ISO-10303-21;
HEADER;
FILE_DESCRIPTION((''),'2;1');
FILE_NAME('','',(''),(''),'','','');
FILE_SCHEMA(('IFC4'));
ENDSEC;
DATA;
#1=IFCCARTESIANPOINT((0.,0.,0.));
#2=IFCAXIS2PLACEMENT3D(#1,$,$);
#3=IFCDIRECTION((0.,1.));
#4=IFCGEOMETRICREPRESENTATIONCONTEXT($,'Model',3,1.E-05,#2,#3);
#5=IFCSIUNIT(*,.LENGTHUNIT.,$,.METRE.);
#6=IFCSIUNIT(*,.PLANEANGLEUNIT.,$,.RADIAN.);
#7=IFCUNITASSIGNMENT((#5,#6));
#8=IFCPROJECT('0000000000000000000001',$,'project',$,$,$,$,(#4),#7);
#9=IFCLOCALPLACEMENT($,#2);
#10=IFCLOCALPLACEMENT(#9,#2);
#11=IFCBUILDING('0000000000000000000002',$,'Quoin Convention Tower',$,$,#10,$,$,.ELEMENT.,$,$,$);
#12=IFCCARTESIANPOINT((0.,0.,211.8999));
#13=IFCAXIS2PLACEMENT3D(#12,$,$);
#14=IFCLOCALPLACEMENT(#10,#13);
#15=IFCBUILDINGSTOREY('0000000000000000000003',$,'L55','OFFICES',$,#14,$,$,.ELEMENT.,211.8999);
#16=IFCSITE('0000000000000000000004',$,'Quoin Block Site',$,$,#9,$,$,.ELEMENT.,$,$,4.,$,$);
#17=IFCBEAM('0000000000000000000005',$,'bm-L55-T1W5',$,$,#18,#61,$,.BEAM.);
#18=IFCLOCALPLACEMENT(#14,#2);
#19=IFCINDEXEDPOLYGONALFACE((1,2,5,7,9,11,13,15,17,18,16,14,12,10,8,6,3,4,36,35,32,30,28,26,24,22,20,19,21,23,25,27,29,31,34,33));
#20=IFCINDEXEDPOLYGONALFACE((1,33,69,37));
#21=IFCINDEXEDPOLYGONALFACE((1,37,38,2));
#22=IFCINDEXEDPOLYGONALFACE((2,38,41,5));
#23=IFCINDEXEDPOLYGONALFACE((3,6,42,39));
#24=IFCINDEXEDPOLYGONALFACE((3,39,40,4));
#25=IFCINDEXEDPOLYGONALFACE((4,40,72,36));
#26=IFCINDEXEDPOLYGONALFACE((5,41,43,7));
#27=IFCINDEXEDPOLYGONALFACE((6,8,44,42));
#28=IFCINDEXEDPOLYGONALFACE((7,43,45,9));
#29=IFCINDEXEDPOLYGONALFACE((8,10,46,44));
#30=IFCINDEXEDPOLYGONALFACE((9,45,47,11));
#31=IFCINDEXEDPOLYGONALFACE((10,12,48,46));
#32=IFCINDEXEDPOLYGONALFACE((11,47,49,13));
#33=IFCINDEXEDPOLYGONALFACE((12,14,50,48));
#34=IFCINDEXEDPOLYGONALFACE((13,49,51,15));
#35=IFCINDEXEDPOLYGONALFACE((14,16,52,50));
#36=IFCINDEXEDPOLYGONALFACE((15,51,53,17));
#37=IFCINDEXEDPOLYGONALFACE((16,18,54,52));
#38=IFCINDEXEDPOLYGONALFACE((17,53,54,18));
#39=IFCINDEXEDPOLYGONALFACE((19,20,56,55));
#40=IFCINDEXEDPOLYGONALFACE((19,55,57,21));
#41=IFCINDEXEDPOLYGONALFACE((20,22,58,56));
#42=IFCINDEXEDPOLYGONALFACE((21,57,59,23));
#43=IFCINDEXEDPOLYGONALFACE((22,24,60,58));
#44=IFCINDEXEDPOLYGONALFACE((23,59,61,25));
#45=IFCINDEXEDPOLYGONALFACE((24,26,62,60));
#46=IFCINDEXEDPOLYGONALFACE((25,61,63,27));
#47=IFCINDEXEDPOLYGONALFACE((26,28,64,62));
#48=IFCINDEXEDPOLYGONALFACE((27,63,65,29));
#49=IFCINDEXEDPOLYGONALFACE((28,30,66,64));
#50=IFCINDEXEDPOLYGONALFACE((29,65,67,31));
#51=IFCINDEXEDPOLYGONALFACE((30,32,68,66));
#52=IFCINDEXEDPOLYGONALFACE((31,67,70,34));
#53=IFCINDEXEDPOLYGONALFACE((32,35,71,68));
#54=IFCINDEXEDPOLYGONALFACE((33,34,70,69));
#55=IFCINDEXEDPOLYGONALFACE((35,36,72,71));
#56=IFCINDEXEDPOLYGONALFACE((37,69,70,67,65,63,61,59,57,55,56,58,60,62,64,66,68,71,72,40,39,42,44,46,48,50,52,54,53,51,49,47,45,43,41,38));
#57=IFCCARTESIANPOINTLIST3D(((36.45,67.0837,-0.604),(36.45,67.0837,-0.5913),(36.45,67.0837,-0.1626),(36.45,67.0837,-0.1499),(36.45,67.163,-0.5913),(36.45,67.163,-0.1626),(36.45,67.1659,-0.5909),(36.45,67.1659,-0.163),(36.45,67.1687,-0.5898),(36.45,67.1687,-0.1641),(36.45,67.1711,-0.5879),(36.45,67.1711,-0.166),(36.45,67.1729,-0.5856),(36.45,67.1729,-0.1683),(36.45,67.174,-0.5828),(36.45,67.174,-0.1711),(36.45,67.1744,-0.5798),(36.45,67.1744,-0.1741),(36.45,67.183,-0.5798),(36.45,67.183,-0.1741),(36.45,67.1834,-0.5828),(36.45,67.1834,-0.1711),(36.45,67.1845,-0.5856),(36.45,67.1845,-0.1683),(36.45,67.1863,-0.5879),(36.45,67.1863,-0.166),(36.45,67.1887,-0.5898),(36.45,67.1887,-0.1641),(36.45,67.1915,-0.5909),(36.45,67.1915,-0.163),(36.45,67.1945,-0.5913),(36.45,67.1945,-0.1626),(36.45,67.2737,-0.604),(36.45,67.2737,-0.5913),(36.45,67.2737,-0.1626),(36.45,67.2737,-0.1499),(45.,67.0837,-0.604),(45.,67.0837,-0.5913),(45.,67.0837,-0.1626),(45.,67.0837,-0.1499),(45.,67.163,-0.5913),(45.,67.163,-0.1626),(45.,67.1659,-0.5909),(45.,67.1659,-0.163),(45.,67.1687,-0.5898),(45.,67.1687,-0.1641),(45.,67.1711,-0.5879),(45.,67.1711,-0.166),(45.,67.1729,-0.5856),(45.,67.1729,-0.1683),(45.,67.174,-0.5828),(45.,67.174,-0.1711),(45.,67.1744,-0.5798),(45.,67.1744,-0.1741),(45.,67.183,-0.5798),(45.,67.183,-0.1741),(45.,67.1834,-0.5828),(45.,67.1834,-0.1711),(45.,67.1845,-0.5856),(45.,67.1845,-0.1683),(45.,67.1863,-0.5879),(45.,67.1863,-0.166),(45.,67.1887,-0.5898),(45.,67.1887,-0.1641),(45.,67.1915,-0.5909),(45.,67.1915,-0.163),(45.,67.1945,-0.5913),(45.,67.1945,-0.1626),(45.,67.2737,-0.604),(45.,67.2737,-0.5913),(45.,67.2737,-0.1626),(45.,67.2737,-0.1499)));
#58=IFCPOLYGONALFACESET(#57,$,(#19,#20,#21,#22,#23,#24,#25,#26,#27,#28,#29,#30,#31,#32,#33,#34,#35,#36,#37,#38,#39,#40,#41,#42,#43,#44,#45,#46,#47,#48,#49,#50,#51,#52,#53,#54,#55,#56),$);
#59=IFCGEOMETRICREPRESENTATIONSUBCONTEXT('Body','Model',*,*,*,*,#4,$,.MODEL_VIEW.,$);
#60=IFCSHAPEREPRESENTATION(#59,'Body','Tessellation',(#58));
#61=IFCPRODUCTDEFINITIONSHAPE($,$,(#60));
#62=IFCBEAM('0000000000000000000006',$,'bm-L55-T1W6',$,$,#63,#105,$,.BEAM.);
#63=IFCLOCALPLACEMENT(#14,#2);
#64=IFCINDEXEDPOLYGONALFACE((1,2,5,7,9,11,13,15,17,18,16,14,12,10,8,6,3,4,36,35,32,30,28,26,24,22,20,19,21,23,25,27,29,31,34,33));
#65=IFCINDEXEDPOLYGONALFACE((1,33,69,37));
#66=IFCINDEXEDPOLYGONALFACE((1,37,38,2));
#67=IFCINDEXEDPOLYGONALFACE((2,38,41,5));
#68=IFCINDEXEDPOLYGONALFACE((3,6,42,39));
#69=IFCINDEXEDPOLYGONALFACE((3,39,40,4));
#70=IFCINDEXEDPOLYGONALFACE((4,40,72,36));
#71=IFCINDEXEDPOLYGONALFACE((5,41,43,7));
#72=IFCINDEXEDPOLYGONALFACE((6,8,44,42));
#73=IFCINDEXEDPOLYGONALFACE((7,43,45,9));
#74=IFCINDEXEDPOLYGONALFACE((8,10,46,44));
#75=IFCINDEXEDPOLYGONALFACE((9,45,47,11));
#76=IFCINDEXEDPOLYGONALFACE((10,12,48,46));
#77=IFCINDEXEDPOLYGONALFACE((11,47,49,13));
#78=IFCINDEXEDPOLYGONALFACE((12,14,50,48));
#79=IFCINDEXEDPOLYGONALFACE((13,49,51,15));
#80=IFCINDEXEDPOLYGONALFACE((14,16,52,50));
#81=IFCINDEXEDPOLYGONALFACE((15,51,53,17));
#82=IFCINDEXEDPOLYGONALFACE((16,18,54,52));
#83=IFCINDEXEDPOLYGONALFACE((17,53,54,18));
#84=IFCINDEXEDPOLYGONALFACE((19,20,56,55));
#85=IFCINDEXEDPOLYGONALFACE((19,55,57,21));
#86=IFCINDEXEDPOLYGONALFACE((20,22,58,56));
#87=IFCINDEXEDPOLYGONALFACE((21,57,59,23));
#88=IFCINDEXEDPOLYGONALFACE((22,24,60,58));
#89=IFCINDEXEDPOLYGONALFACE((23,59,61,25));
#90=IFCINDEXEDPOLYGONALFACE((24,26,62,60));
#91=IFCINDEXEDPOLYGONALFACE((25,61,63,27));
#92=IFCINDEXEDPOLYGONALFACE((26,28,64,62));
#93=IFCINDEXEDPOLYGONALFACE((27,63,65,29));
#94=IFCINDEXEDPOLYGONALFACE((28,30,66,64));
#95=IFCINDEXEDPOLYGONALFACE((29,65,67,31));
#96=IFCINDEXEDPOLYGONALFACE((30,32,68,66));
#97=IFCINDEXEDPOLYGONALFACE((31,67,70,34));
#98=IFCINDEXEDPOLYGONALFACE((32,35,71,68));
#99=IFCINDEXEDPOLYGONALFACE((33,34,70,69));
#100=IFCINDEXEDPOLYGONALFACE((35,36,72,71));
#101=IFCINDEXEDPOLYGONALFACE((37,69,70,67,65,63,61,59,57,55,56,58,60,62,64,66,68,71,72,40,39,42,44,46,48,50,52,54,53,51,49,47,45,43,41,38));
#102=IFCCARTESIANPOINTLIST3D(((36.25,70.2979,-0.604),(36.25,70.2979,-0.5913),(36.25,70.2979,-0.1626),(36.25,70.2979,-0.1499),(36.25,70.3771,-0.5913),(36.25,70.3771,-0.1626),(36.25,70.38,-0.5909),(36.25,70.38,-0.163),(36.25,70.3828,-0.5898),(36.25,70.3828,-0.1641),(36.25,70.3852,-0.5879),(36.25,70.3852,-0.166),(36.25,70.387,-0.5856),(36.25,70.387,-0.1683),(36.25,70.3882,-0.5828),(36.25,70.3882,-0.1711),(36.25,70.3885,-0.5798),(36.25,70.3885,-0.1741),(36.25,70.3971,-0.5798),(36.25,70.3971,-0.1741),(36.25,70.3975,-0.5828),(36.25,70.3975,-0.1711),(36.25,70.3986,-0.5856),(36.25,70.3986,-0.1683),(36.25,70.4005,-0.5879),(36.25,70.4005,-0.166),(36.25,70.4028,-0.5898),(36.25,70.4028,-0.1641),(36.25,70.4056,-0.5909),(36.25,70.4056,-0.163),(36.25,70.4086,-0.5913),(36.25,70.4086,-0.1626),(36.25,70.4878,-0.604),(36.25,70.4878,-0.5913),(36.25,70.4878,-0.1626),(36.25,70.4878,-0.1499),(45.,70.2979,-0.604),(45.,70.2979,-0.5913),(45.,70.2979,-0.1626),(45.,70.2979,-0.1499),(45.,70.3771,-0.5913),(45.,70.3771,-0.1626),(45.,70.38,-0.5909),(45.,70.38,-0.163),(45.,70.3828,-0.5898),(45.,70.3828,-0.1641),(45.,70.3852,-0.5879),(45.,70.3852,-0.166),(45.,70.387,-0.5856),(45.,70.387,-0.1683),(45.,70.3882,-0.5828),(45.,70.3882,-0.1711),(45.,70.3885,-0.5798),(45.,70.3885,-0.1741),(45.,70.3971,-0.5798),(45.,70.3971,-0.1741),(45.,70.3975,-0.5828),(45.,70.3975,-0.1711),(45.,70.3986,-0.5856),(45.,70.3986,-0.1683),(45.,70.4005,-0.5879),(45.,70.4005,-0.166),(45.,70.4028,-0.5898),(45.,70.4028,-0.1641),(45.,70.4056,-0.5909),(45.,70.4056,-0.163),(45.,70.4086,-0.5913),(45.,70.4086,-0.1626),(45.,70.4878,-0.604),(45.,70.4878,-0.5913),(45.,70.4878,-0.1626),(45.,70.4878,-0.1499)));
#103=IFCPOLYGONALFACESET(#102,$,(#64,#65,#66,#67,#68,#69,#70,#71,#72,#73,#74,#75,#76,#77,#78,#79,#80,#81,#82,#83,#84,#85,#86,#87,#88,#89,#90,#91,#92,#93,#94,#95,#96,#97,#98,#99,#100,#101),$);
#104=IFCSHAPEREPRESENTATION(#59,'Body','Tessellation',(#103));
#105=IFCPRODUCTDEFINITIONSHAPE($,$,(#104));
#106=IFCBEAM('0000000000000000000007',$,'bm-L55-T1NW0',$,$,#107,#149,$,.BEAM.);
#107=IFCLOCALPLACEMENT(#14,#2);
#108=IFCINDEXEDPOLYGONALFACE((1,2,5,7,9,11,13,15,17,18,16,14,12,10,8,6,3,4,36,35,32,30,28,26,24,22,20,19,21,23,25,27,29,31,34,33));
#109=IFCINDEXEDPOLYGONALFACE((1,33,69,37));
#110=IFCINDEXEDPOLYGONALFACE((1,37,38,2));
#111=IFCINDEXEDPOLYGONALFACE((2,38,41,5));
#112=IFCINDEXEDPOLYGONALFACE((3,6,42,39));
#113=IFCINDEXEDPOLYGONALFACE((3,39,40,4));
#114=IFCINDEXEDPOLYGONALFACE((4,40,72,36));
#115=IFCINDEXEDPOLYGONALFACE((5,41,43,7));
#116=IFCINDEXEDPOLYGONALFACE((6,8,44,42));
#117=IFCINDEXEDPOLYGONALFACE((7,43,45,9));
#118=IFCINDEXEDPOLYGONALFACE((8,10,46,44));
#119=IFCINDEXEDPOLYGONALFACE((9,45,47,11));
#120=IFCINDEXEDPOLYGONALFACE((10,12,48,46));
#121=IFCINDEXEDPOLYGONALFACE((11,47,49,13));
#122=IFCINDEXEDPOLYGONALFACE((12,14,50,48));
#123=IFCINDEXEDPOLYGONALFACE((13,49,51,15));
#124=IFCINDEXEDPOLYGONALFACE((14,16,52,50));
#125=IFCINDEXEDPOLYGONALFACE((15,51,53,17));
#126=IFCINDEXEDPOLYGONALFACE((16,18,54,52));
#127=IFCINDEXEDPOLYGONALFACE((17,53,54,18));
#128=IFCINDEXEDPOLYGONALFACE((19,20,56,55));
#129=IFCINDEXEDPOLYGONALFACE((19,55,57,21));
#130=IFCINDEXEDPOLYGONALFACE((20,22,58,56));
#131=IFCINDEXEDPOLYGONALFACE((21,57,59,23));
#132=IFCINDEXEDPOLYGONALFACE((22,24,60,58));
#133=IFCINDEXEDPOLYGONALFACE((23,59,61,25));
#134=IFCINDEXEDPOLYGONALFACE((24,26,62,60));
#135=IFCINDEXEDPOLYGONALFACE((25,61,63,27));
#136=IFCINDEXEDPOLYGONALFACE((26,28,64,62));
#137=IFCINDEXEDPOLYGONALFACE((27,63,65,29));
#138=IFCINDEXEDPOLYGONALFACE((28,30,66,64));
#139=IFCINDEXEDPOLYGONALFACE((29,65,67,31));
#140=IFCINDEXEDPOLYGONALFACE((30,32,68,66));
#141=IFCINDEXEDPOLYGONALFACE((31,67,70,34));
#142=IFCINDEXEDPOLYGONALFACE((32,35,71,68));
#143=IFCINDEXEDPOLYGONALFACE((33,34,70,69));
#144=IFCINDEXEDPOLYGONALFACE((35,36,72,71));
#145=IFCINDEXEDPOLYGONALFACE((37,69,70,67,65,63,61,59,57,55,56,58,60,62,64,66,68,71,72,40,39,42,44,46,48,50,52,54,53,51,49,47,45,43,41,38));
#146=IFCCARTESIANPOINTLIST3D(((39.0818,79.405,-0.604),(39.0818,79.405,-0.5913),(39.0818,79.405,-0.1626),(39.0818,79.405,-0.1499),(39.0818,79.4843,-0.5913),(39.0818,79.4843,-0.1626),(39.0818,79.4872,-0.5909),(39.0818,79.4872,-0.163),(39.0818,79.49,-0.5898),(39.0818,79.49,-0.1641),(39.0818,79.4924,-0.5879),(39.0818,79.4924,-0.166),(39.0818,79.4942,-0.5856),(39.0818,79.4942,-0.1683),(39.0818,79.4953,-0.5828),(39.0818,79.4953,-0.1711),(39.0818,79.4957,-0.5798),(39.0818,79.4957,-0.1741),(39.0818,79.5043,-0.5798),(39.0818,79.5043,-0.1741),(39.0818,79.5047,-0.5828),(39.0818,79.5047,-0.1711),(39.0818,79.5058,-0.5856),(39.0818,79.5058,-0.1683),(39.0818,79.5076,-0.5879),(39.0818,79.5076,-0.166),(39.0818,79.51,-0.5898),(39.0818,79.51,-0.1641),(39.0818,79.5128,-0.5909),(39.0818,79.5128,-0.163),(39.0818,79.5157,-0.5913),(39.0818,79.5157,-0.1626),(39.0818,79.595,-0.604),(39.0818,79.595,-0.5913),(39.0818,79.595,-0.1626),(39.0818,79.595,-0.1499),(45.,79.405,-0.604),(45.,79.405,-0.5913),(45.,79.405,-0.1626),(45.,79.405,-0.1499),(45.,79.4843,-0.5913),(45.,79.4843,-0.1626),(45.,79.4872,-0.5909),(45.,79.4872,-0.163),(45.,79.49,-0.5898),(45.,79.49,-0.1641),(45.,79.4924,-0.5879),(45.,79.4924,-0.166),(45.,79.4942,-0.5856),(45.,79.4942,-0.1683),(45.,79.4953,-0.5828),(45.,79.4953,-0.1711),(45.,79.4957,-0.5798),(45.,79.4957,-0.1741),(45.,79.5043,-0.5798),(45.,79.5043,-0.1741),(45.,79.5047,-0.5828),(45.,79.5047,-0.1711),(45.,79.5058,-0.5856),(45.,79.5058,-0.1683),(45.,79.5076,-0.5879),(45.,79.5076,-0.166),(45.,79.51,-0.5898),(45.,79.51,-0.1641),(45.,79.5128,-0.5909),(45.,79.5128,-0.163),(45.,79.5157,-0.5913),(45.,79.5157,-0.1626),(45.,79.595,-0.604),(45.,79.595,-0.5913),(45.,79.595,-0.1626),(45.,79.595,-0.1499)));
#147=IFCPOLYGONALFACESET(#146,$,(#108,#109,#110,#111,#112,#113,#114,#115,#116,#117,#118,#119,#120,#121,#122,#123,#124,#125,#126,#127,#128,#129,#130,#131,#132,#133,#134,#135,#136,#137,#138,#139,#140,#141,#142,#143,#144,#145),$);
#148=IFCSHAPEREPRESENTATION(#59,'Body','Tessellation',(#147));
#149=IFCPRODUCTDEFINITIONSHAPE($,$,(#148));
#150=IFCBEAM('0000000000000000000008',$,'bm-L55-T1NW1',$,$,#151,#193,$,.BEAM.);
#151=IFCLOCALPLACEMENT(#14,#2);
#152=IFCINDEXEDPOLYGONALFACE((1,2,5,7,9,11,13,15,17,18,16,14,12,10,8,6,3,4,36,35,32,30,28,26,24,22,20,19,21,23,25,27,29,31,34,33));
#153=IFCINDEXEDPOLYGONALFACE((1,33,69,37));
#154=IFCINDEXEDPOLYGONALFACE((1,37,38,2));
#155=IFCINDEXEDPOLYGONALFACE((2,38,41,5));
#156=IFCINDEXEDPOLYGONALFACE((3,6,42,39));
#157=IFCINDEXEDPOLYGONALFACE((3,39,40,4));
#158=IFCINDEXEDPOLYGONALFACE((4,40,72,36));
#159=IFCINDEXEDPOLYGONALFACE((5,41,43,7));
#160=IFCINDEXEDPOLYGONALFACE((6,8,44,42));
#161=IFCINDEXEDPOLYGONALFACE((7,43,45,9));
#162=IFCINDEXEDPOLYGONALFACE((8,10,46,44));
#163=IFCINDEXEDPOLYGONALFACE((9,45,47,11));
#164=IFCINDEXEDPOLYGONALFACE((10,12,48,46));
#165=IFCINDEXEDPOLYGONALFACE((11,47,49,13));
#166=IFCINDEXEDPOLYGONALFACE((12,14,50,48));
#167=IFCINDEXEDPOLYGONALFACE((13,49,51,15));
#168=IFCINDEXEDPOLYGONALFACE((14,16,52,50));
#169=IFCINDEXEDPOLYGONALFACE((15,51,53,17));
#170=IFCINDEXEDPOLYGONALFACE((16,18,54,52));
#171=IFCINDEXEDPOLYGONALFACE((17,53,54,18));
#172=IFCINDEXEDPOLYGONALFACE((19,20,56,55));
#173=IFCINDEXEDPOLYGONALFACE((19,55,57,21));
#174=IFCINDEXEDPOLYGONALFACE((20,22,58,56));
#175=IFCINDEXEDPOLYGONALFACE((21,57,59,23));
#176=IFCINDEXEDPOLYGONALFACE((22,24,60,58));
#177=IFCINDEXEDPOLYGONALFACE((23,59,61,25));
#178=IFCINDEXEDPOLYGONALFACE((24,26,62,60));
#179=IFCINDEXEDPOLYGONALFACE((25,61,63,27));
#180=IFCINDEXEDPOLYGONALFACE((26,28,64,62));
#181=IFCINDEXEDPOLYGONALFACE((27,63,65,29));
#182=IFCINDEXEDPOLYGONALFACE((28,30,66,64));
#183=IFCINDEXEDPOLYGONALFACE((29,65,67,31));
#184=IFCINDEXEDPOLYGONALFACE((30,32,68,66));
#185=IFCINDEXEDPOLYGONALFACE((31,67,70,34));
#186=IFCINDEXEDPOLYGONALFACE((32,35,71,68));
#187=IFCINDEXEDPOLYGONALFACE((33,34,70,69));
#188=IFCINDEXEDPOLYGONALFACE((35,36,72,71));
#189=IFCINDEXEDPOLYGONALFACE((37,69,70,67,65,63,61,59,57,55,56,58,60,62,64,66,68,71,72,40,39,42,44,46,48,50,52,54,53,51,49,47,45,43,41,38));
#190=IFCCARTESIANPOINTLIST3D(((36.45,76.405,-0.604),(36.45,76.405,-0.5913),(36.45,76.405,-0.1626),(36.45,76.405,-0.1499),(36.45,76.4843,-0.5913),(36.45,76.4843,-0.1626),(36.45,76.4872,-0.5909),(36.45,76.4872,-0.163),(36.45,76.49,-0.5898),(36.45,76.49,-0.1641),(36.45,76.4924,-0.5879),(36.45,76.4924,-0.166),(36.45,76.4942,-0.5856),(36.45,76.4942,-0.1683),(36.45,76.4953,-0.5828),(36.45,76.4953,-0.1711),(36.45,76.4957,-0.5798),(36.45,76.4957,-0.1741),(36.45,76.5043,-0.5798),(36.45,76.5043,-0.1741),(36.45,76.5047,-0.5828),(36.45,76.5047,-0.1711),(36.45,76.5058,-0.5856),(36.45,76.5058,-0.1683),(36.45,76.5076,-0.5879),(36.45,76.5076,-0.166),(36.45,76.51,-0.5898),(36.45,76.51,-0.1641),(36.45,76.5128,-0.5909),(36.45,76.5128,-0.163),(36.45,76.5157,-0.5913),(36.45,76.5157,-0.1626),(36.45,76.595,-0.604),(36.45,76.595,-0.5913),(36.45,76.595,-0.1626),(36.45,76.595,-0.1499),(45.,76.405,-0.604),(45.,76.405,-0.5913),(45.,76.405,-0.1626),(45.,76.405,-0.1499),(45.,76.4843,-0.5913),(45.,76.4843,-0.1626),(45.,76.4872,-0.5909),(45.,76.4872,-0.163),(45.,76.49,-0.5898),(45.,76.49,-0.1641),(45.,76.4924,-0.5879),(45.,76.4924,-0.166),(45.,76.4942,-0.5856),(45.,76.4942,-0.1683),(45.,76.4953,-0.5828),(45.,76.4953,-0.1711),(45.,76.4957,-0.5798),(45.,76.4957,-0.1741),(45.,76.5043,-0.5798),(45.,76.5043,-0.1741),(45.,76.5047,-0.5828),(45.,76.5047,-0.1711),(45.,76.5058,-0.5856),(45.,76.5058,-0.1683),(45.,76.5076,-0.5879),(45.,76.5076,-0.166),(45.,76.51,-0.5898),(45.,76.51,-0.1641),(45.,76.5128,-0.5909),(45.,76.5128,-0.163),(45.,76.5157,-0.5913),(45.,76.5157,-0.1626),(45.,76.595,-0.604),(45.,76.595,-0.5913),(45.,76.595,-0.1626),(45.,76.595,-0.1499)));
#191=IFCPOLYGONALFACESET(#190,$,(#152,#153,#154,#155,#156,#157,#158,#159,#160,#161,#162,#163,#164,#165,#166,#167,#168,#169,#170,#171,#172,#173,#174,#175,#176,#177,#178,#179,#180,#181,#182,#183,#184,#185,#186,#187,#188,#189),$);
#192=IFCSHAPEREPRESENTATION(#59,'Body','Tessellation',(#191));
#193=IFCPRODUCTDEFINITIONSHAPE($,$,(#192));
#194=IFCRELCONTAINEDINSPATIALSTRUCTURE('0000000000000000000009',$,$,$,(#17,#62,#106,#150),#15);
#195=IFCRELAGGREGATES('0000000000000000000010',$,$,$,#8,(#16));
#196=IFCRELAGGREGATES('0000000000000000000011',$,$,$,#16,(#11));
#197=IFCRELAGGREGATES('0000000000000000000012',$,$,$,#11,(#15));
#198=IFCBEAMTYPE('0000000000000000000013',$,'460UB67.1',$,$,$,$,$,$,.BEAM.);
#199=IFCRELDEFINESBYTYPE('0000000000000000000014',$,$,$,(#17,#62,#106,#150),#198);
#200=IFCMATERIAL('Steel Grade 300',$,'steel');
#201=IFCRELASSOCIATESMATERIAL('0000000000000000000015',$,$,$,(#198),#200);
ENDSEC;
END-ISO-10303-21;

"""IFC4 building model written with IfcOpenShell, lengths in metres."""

from ifc_helpers import new_model, si_unit, direction, frame, origin, origin_2d, place, context, subcontext, project, spatial, i_section, extrude, material, material_profile, profile_set, type_object, element, save


model = new_model("IFC4")

# Units and contexts
model_context = context("Model", 3, precision=1e-05, world=origin(), true_north=direction((0.0, 1.0)))
body_context = subcontext(model_context, "Body", "Model", "MODEL_VIEW")
ifc_project = project(units=[si_unit("LENGTHUNIT", "METRE"), si_unit("PLANEANGLEUNIT", "RADIAN")], contexts=[model_context])

# Site, building, storey
site_placement = place(None, origin())
site = spatial("IfcSite", under=ifc_project, at=site_placement, Name="Quoin Block Site", CompositionType="ELEMENT", RefElevation=4.0)
building_placement = place(site_placement, origin())
building = spatial("IfcBuilding", under=site, at=building_placement, Name="Quoin Convention Tower", CompositionType="ELEMENT")
storey_placement = place(building_placement, frame((0.0, 0.0, 211.8999)))
storey = spatial("IfcBuildingStorey", under=building, at=storey_placement, Name="L55", Description="OFFICES", CompositionType="ELEMENT", Elevation=211.8999)

# Beams
ifc_material_1 = material(Name="Steel Grade 300", Category="steel")
ifc_material_profile_1 = material_profile(ifc_material_1, i_section(OverallWidth=0.1899, OverallDepth=0.4541, WebThickness=0.0085, FlangeThickness=0.0127, FilletRadius=0.0115, at=origin_2d()), Name="460UB67.1")
ifc_profile_set_1 = profile_set([ifc_material_profile_1], Name="Steel Grade 300")
beam_type = type_object("IfcBeamType", Name="460UB67.1", PredefinedType="BEAM", material=ifc_profile_set_1)
beam_1_placement = place(storey_placement, frame((36.45, 67.1787, -0.377), z_axis=(1.0, 0.0, 0.0), x_axis=(0.0, 1.0, 0.0)))
element("IfcBeam", 1, at=beam_1_placement, inside=storey, type_object=beam_type, Name="bm-L55-T1W5", PredefinedType="BEAM", context=body_context, shape_type="SweptSolid", body=[
    extrude(i_section(OverallWidth=0.1899, OverallDepth=0.4541, WebThickness=0.0085, FlangeThickness=0.0127, FilletRadius=0.0115, at=origin_2d()), origin(), (0.0, 0.0, 1.0), 8.55),
])
beam_2_placement = place(storey_placement, frame((36.25, 70.3928, -0.377), z_axis=(1.0, 0.0, 0.0), x_axis=(0.0, 1.0, 0.0)))
element("IfcBeam", 2, at=beam_2_placement, inside=storey, type_object=beam_type, Name="bm-L55-T1W6", PredefinedType="BEAM", context=body_context, shape_type="SweptSolid", body=[
    extrude(i_section(OverallWidth=0.1899, OverallDepth=0.4541, WebThickness=0.0085, FlangeThickness=0.0127, FilletRadius=0.0115, at=origin_2d()), origin(), (0.0, 0.0, 1.0), 8.75),
])
beam_3_placement = place(storey_placement, frame((39.0818, 79.5, -0.377), z_axis=(1.0, 0.0, 0.0), x_axis=(0.0, 1.0, 0.0)))
element("IfcBeam", 3, at=beam_3_placement, inside=storey, type_object=beam_type, Name="bm-L55-T1NW0", PredefinedType="BEAM", context=body_context, shape_type="SweptSolid", body=[
    extrude(i_section(OverallWidth=0.1899, OverallDepth=0.4541, WebThickness=0.0085, FlangeThickness=0.0127, FilletRadius=0.0115, at=origin_2d()), origin(), (0.0, 0.0, 1.0), 5.9182),
])
beam_4_placement = place(storey_placement, frame((36.45, 76.5, -0.377), z_axis=(1.0, 0.0, 0.0), x_axis=(0.0, 1.0, 0.0)))
element("IfcBeam", 4, at=beam_4_placement, inside=storey, type_object=beam_type, Name="bm-L55-T1NW1", PredefinedType="BEAM", context=body_context, shape_type="SweptSolid", body=[
    extrude(i_section(OverallWidth=0.1899, OverallDepth=0.4541, WebThickness=0.0085, FlangeThickness=0.0127, FilletRadius=0.0115, at=origin_2d()), origin(), (0.0, 0.0, 1.0), 8.55),
])

save(model, "model.ifc")
